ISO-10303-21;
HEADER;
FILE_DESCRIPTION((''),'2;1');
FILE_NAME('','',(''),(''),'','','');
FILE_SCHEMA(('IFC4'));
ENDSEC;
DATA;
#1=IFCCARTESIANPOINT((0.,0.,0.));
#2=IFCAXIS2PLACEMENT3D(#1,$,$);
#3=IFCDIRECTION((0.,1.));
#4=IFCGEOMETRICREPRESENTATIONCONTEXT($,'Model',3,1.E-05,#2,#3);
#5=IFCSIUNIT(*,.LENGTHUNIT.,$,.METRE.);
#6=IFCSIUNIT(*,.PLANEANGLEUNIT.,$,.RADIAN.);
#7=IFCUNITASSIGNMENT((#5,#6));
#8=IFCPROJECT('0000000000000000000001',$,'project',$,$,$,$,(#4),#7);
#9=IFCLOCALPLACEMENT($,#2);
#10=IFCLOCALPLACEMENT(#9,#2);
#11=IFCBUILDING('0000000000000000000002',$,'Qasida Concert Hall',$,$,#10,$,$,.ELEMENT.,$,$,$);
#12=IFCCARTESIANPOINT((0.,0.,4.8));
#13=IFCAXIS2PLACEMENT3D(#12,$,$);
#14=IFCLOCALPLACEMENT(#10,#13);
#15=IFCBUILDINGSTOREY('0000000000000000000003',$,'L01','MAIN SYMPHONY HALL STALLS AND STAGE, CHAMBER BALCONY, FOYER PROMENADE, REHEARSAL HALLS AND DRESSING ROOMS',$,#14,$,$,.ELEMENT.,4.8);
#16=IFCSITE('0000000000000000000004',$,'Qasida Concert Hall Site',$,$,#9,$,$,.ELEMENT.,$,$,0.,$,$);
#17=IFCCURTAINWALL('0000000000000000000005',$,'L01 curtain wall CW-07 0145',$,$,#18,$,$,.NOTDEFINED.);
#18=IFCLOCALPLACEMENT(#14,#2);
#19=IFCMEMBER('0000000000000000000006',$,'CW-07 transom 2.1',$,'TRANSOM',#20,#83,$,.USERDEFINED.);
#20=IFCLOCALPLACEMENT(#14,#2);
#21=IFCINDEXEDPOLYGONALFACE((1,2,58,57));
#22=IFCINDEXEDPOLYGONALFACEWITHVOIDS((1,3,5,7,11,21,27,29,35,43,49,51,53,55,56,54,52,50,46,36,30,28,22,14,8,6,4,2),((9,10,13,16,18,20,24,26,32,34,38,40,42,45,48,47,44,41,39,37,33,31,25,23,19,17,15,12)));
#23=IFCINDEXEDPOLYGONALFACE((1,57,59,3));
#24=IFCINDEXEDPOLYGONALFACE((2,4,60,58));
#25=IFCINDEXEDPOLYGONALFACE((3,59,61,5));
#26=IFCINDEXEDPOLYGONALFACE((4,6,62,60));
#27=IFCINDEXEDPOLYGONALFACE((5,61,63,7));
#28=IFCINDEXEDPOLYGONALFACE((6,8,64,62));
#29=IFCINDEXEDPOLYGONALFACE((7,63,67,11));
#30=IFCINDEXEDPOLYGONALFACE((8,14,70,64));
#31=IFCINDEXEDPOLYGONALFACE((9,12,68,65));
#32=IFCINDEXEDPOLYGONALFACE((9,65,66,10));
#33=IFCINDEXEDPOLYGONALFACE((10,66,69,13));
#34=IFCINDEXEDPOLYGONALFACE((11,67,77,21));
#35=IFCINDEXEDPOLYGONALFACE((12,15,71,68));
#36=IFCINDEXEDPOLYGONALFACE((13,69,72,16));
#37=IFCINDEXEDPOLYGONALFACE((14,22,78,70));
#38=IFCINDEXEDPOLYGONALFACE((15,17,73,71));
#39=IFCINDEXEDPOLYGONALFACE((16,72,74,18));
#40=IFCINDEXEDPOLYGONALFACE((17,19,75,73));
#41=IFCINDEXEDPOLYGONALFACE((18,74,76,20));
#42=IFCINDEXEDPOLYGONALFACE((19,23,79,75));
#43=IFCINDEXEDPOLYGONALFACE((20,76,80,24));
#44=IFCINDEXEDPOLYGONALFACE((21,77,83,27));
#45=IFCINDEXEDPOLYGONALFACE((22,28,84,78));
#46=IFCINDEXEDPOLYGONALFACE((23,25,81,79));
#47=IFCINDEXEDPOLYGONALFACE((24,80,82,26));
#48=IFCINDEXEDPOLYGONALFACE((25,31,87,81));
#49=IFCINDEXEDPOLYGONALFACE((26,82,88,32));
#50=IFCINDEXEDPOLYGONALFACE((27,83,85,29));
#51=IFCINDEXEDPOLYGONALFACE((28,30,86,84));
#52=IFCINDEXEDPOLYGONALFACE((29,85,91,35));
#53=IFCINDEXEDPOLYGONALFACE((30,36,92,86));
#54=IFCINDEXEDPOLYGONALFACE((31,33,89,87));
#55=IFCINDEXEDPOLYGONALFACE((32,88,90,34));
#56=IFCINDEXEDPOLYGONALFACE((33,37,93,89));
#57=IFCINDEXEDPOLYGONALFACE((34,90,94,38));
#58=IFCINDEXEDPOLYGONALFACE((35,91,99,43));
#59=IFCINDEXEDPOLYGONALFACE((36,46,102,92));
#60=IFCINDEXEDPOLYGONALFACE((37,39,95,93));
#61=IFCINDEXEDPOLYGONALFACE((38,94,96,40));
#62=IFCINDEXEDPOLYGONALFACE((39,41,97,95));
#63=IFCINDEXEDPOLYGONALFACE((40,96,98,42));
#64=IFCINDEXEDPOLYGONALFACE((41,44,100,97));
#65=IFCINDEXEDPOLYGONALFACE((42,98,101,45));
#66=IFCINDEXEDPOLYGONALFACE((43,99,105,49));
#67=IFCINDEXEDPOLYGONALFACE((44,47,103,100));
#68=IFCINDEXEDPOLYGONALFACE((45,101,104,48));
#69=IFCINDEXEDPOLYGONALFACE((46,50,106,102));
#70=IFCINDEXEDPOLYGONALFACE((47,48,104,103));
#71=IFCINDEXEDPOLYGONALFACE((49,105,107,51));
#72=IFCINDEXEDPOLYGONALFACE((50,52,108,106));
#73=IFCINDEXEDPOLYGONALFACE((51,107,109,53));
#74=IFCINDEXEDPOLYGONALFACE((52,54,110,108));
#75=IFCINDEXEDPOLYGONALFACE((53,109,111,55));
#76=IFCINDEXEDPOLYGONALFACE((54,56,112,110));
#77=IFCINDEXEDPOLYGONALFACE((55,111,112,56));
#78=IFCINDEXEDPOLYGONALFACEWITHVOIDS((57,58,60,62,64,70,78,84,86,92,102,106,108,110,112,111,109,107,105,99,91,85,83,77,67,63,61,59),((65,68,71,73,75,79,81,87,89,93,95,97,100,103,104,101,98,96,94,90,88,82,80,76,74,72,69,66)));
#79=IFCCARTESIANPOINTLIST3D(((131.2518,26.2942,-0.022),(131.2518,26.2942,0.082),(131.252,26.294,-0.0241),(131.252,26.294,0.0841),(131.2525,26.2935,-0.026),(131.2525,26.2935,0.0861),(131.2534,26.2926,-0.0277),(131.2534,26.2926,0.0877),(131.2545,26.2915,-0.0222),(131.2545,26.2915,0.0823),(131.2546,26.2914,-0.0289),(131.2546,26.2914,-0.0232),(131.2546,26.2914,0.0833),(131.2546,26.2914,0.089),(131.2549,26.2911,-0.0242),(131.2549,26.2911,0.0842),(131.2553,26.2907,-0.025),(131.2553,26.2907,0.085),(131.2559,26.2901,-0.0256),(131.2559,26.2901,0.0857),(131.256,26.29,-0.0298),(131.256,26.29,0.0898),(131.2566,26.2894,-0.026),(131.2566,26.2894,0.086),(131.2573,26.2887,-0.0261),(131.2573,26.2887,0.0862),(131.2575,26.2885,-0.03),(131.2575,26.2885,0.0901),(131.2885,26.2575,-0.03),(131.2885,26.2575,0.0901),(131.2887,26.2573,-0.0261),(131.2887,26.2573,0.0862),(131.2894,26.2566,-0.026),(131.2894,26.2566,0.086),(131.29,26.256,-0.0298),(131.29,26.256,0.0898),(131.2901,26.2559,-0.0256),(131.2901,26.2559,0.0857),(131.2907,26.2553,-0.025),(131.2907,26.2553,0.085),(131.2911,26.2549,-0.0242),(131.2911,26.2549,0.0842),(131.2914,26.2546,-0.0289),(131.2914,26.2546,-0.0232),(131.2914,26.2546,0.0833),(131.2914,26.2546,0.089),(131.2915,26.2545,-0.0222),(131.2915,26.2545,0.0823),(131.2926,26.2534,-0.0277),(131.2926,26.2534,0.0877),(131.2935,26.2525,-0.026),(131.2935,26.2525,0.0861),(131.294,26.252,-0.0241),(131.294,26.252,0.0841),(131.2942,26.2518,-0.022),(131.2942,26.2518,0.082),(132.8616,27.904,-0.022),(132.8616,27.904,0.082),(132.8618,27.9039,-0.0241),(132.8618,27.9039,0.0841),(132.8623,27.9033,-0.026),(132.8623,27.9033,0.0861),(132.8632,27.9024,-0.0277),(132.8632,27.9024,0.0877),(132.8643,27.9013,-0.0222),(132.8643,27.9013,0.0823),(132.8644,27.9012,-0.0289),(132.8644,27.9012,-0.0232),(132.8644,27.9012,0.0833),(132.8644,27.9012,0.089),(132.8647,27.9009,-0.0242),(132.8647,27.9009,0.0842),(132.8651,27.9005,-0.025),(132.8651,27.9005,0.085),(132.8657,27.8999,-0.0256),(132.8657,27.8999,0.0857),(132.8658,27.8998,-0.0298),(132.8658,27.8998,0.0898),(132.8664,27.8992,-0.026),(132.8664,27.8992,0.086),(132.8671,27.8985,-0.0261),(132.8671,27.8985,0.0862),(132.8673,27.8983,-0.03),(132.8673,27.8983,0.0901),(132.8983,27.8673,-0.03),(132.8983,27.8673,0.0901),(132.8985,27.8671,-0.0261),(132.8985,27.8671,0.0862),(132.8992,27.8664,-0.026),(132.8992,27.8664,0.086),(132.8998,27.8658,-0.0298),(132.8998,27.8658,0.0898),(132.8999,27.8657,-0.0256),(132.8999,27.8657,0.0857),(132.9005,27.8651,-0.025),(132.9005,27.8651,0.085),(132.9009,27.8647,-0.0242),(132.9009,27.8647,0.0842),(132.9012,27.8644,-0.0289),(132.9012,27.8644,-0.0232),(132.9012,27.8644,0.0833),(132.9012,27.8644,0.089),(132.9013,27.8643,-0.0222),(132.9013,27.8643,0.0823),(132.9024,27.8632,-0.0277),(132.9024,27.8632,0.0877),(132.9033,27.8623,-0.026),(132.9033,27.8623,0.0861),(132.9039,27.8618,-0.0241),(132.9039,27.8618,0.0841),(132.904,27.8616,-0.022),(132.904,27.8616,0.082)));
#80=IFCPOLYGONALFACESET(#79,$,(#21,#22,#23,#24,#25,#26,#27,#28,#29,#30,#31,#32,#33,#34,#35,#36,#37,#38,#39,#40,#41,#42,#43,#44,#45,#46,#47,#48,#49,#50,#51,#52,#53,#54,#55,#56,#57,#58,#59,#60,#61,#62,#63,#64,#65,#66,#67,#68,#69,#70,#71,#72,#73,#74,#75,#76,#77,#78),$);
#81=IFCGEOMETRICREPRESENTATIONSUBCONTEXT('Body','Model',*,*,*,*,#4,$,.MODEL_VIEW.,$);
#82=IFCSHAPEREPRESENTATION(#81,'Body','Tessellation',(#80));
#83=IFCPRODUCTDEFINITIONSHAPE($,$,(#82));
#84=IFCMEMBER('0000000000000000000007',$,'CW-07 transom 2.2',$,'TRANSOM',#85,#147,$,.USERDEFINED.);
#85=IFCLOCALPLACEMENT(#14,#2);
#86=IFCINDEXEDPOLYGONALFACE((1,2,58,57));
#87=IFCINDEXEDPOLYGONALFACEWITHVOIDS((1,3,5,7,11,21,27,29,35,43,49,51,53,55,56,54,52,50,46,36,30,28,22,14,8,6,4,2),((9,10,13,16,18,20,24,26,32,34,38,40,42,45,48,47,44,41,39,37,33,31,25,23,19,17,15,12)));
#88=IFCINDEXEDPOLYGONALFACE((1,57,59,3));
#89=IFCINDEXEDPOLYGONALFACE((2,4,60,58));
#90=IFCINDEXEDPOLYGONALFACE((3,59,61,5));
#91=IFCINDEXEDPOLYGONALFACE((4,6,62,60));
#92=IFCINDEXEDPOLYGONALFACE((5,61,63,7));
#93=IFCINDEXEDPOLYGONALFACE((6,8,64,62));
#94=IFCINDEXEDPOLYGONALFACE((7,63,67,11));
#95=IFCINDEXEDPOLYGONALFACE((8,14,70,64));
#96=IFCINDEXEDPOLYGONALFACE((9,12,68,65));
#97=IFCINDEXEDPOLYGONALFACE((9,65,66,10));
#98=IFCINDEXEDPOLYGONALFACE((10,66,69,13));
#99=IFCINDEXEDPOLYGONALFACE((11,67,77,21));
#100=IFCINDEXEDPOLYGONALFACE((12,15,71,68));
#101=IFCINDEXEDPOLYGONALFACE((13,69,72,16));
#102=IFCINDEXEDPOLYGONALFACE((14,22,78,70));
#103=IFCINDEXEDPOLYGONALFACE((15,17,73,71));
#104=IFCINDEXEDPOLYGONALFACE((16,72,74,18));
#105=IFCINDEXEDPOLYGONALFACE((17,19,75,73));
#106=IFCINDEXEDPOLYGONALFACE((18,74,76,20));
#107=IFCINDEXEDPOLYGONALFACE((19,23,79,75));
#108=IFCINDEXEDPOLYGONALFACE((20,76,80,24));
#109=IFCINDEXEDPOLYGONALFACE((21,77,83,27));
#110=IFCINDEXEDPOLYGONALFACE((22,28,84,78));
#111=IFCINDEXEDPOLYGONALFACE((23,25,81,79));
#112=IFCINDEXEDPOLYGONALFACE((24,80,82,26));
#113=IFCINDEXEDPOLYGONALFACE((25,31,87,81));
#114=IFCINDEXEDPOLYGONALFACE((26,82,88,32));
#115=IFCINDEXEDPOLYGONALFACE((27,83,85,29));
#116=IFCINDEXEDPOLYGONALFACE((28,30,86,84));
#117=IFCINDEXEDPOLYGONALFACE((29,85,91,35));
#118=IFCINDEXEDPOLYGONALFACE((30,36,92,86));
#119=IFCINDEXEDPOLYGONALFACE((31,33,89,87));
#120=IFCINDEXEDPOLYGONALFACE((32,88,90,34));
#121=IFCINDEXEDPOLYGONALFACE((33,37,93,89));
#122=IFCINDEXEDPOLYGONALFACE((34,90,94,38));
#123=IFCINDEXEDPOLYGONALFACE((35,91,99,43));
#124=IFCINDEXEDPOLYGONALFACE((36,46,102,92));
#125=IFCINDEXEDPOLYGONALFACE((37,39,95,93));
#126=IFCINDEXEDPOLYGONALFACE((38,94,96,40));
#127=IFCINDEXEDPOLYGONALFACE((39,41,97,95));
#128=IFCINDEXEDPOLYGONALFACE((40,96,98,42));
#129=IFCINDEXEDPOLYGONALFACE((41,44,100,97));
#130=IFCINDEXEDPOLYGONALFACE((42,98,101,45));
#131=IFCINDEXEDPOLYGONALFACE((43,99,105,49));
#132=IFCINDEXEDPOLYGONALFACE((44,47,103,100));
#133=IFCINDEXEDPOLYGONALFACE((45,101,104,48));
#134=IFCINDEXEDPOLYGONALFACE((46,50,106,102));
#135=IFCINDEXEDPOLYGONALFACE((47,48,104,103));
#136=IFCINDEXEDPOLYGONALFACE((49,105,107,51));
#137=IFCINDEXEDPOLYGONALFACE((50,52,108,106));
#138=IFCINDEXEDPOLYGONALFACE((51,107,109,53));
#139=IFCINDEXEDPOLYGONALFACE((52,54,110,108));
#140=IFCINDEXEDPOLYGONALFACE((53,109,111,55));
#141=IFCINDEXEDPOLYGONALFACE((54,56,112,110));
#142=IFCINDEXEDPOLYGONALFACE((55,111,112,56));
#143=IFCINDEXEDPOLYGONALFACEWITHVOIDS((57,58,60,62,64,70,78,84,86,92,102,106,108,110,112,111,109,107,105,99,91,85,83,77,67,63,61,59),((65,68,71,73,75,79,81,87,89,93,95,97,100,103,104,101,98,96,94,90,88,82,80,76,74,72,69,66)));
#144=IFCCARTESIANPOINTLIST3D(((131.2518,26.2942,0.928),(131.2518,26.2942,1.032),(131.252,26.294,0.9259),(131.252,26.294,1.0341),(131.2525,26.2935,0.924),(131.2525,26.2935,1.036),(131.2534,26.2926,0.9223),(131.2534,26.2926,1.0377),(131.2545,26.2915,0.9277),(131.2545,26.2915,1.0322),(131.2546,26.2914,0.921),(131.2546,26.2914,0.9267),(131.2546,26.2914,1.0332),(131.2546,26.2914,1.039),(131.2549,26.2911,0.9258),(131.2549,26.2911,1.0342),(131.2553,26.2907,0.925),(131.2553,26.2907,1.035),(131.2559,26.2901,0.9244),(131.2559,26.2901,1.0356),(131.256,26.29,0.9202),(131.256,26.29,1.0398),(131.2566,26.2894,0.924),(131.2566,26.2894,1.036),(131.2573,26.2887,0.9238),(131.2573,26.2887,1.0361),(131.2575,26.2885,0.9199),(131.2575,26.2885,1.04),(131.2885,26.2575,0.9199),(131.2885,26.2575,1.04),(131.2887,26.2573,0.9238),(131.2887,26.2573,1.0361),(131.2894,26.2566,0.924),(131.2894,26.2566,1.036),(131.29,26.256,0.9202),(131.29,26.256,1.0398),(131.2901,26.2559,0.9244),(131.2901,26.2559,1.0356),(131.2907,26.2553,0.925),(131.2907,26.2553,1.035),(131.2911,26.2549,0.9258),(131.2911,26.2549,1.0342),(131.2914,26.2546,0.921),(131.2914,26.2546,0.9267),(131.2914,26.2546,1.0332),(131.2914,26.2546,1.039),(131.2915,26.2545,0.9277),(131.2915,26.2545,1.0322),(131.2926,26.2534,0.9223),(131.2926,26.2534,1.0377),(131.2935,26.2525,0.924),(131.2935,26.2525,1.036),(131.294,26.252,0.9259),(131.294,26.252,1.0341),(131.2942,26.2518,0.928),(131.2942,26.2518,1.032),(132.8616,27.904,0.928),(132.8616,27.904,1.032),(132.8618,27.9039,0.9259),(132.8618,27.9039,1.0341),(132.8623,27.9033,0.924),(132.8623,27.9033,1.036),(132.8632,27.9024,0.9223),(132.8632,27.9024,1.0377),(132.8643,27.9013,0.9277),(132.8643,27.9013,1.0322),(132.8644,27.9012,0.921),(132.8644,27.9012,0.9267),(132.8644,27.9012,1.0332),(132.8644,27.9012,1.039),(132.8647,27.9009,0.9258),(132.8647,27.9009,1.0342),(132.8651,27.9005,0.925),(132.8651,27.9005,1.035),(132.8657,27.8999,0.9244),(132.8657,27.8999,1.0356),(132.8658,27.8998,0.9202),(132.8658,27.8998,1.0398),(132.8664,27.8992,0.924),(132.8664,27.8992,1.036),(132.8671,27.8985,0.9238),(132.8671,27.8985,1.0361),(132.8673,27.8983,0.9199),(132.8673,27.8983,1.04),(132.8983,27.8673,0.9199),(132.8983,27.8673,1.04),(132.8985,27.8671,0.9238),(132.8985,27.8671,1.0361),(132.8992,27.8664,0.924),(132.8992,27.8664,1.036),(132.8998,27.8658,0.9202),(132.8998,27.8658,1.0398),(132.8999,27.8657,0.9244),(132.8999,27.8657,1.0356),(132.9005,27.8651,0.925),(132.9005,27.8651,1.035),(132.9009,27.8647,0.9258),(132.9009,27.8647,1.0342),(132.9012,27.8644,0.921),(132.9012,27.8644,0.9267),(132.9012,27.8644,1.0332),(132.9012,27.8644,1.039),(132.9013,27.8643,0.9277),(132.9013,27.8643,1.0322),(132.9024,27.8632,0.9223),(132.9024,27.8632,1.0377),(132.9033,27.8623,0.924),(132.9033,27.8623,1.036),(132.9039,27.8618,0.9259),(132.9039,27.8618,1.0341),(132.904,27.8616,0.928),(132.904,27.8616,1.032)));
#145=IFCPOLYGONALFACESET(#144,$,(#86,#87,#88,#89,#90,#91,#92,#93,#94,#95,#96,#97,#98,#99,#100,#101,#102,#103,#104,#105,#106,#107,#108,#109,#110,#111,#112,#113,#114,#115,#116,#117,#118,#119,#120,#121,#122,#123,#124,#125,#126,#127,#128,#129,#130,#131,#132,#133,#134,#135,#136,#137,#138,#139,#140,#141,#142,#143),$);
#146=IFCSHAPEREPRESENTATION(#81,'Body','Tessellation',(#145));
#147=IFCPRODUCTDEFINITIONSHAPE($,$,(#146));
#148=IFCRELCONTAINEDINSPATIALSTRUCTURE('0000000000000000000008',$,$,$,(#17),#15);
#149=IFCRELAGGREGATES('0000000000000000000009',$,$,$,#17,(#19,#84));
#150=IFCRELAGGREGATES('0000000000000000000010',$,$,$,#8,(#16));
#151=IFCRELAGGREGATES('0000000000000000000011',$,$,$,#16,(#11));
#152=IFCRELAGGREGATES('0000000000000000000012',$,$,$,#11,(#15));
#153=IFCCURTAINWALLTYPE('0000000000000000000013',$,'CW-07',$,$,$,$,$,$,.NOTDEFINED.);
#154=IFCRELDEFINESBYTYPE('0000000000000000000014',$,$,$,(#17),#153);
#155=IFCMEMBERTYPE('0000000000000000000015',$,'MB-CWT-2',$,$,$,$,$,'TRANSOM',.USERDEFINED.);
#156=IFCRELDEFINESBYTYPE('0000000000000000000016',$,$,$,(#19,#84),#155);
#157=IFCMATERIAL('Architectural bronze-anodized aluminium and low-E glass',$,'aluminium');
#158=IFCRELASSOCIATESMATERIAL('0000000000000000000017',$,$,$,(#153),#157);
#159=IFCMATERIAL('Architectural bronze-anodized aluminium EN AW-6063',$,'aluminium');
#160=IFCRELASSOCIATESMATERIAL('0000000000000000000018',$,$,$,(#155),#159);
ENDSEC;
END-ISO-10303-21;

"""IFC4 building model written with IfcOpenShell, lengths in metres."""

from ifc_helpers import new_model, si_unit, direction, frame, origin, origin_2d, place, context, subcontext, project, spatial, hollow_rectangle, extrude, material, material_profile, profile_set, type_object, element, aggregate, save


model = new_model("IFC4")

# Units and contexts
model_context = context("Model", 3, precision=1e-05, world=origin(), true_north=direction((0.0, 1.0)))
body_context = subcontext(model_context, "Body", "Model", "MODEL_VIEW")
ifc_project = project(units=[si_unit("LENGTHUNIT", "METRE"), si_unit("PLANEANGLEUNIT", "RADIAN")], contexts=[model_context])

# Site, building, storey
site_placement = place(None, origin())
site = spatial("IfcSite", under=ifc_project, at=site_placement, Name="Qasida Concert Hall Site", CompositionType="ELEMENT", RefElevation=0.0)
building_placement = place(site_placement, origin())
building = spatial("IfcBuilding", under=site, at=building_placement, Name="Qasida Concert Hall", CompositionType="ELEMENT")
storey_placement = place(building_placement, frame((0.0, 0.0, 4.8)))
storey = spatial("IfcBuildingStorey", under=building, at=storey_placement, Name="L01", Description="MAIN SYMPHONY HALL STALLS AND STAGE, CHAMBER BALCONY, FOYER PROMENADE, REHEARSAL HALLS AND DRESSING ROOMS", CompositionType="ELEMENT", Elevation=4.8)

# Curtain wall, members
ifc_material_1 = material(Name="Architectural bronze-anodized aluminium and low-E glass", Category="aluminium")
curtain_wall_type = type_object("IfcCurtainWallType", Name="CW-07", PredefinedType="NOTDEFINED", material=ifc_material_1)
curtain_wall_placement = place(storey_placement, origin())
curtain_wall = element("IfcCurtainWall", 1, at=curtain_wall_placement, inside=storey, type_object=curtain_wall_type, Name="L01 curtain wall CW-07 0145", PredefinedType="NOTDEFINED")
ifc_material_2 = material(Name="Architectural bronze-anodized aluminium EN AW-6063", Category="aluminium")
ifc_material_profile_1 = material_profile(ifc_material_2, hollow_rectangle(XDim=0.0601, YDim=0.1201, WallThickness=0.0039, InnerFilletRadius=0.0039, OuterFilletRadius=0.0081, at=origin_2d()), Name="CWT 120x60x4")
ifc_profile_set_1 = profile_set([ifc_material_profile_1], Name="Architectural bronze-anodized aluminium EN AW-6063")
member_type_1 = type_object("IfcMemberType", Name="MB-CWT-2", ElementType="TRANSOM", PredefinedType="USERDEFINED", material=ifc_profile_set_1)
member_1_placement = place(storey_placement, frame((132.8828, 27.8828, 0.03), z_axis=(-0.707107, -0.707107, 0.0), x_axis=(0.707107, -0.707107, 0.0)))
member_1 = element("IfcMember", 2, at=member_1_placement, type_object=member_type_1, Name="CW-07 transom 2.1", ObjectType="TRANSOM", PredefinedType="USERDEFINED", context=body_context, shape_type="SweptSolid", body=[
    extrude(hollow_rectangle(XDim=0.0601, YDim=0.1201, WallThickness=0.0039, InnerFilletRadius=0.0039, OuterFilletRadius=0.0081, at=origin_2d()), origin(), (0.0, 0.0, 1.0), 2.2766),
])
member_2_placement = place(storey_placement, frame((132.8828, 27.8828, 0.98), z_axis=(-0.707107, -0.707107, 0.0), x_axis=(0.707107, -0.707107, 0.0)))
member_2 = element("IfcMember", 3, at=member_2_placement, type_object=member_type_1, Name="CW-07 transom 2.2", ObjectType="TRANSOM", PredefinedType="USERDEFINED", context=body_context, shape_type="SweptSolid", body=[
    extrude(hollow_rectangle(XDim=0.0601, YDim=0.1201, WallThickness=0.0039, InnerFilletRadius=0.0039, OuterFilletRadius=0.0081, at=origin_2d()), origin(), (0.0, 0.0, 1.0), 2.2766),
])
aggregate(curtain_wall, [member_1, member_2])

save(model, "model.ifc")
